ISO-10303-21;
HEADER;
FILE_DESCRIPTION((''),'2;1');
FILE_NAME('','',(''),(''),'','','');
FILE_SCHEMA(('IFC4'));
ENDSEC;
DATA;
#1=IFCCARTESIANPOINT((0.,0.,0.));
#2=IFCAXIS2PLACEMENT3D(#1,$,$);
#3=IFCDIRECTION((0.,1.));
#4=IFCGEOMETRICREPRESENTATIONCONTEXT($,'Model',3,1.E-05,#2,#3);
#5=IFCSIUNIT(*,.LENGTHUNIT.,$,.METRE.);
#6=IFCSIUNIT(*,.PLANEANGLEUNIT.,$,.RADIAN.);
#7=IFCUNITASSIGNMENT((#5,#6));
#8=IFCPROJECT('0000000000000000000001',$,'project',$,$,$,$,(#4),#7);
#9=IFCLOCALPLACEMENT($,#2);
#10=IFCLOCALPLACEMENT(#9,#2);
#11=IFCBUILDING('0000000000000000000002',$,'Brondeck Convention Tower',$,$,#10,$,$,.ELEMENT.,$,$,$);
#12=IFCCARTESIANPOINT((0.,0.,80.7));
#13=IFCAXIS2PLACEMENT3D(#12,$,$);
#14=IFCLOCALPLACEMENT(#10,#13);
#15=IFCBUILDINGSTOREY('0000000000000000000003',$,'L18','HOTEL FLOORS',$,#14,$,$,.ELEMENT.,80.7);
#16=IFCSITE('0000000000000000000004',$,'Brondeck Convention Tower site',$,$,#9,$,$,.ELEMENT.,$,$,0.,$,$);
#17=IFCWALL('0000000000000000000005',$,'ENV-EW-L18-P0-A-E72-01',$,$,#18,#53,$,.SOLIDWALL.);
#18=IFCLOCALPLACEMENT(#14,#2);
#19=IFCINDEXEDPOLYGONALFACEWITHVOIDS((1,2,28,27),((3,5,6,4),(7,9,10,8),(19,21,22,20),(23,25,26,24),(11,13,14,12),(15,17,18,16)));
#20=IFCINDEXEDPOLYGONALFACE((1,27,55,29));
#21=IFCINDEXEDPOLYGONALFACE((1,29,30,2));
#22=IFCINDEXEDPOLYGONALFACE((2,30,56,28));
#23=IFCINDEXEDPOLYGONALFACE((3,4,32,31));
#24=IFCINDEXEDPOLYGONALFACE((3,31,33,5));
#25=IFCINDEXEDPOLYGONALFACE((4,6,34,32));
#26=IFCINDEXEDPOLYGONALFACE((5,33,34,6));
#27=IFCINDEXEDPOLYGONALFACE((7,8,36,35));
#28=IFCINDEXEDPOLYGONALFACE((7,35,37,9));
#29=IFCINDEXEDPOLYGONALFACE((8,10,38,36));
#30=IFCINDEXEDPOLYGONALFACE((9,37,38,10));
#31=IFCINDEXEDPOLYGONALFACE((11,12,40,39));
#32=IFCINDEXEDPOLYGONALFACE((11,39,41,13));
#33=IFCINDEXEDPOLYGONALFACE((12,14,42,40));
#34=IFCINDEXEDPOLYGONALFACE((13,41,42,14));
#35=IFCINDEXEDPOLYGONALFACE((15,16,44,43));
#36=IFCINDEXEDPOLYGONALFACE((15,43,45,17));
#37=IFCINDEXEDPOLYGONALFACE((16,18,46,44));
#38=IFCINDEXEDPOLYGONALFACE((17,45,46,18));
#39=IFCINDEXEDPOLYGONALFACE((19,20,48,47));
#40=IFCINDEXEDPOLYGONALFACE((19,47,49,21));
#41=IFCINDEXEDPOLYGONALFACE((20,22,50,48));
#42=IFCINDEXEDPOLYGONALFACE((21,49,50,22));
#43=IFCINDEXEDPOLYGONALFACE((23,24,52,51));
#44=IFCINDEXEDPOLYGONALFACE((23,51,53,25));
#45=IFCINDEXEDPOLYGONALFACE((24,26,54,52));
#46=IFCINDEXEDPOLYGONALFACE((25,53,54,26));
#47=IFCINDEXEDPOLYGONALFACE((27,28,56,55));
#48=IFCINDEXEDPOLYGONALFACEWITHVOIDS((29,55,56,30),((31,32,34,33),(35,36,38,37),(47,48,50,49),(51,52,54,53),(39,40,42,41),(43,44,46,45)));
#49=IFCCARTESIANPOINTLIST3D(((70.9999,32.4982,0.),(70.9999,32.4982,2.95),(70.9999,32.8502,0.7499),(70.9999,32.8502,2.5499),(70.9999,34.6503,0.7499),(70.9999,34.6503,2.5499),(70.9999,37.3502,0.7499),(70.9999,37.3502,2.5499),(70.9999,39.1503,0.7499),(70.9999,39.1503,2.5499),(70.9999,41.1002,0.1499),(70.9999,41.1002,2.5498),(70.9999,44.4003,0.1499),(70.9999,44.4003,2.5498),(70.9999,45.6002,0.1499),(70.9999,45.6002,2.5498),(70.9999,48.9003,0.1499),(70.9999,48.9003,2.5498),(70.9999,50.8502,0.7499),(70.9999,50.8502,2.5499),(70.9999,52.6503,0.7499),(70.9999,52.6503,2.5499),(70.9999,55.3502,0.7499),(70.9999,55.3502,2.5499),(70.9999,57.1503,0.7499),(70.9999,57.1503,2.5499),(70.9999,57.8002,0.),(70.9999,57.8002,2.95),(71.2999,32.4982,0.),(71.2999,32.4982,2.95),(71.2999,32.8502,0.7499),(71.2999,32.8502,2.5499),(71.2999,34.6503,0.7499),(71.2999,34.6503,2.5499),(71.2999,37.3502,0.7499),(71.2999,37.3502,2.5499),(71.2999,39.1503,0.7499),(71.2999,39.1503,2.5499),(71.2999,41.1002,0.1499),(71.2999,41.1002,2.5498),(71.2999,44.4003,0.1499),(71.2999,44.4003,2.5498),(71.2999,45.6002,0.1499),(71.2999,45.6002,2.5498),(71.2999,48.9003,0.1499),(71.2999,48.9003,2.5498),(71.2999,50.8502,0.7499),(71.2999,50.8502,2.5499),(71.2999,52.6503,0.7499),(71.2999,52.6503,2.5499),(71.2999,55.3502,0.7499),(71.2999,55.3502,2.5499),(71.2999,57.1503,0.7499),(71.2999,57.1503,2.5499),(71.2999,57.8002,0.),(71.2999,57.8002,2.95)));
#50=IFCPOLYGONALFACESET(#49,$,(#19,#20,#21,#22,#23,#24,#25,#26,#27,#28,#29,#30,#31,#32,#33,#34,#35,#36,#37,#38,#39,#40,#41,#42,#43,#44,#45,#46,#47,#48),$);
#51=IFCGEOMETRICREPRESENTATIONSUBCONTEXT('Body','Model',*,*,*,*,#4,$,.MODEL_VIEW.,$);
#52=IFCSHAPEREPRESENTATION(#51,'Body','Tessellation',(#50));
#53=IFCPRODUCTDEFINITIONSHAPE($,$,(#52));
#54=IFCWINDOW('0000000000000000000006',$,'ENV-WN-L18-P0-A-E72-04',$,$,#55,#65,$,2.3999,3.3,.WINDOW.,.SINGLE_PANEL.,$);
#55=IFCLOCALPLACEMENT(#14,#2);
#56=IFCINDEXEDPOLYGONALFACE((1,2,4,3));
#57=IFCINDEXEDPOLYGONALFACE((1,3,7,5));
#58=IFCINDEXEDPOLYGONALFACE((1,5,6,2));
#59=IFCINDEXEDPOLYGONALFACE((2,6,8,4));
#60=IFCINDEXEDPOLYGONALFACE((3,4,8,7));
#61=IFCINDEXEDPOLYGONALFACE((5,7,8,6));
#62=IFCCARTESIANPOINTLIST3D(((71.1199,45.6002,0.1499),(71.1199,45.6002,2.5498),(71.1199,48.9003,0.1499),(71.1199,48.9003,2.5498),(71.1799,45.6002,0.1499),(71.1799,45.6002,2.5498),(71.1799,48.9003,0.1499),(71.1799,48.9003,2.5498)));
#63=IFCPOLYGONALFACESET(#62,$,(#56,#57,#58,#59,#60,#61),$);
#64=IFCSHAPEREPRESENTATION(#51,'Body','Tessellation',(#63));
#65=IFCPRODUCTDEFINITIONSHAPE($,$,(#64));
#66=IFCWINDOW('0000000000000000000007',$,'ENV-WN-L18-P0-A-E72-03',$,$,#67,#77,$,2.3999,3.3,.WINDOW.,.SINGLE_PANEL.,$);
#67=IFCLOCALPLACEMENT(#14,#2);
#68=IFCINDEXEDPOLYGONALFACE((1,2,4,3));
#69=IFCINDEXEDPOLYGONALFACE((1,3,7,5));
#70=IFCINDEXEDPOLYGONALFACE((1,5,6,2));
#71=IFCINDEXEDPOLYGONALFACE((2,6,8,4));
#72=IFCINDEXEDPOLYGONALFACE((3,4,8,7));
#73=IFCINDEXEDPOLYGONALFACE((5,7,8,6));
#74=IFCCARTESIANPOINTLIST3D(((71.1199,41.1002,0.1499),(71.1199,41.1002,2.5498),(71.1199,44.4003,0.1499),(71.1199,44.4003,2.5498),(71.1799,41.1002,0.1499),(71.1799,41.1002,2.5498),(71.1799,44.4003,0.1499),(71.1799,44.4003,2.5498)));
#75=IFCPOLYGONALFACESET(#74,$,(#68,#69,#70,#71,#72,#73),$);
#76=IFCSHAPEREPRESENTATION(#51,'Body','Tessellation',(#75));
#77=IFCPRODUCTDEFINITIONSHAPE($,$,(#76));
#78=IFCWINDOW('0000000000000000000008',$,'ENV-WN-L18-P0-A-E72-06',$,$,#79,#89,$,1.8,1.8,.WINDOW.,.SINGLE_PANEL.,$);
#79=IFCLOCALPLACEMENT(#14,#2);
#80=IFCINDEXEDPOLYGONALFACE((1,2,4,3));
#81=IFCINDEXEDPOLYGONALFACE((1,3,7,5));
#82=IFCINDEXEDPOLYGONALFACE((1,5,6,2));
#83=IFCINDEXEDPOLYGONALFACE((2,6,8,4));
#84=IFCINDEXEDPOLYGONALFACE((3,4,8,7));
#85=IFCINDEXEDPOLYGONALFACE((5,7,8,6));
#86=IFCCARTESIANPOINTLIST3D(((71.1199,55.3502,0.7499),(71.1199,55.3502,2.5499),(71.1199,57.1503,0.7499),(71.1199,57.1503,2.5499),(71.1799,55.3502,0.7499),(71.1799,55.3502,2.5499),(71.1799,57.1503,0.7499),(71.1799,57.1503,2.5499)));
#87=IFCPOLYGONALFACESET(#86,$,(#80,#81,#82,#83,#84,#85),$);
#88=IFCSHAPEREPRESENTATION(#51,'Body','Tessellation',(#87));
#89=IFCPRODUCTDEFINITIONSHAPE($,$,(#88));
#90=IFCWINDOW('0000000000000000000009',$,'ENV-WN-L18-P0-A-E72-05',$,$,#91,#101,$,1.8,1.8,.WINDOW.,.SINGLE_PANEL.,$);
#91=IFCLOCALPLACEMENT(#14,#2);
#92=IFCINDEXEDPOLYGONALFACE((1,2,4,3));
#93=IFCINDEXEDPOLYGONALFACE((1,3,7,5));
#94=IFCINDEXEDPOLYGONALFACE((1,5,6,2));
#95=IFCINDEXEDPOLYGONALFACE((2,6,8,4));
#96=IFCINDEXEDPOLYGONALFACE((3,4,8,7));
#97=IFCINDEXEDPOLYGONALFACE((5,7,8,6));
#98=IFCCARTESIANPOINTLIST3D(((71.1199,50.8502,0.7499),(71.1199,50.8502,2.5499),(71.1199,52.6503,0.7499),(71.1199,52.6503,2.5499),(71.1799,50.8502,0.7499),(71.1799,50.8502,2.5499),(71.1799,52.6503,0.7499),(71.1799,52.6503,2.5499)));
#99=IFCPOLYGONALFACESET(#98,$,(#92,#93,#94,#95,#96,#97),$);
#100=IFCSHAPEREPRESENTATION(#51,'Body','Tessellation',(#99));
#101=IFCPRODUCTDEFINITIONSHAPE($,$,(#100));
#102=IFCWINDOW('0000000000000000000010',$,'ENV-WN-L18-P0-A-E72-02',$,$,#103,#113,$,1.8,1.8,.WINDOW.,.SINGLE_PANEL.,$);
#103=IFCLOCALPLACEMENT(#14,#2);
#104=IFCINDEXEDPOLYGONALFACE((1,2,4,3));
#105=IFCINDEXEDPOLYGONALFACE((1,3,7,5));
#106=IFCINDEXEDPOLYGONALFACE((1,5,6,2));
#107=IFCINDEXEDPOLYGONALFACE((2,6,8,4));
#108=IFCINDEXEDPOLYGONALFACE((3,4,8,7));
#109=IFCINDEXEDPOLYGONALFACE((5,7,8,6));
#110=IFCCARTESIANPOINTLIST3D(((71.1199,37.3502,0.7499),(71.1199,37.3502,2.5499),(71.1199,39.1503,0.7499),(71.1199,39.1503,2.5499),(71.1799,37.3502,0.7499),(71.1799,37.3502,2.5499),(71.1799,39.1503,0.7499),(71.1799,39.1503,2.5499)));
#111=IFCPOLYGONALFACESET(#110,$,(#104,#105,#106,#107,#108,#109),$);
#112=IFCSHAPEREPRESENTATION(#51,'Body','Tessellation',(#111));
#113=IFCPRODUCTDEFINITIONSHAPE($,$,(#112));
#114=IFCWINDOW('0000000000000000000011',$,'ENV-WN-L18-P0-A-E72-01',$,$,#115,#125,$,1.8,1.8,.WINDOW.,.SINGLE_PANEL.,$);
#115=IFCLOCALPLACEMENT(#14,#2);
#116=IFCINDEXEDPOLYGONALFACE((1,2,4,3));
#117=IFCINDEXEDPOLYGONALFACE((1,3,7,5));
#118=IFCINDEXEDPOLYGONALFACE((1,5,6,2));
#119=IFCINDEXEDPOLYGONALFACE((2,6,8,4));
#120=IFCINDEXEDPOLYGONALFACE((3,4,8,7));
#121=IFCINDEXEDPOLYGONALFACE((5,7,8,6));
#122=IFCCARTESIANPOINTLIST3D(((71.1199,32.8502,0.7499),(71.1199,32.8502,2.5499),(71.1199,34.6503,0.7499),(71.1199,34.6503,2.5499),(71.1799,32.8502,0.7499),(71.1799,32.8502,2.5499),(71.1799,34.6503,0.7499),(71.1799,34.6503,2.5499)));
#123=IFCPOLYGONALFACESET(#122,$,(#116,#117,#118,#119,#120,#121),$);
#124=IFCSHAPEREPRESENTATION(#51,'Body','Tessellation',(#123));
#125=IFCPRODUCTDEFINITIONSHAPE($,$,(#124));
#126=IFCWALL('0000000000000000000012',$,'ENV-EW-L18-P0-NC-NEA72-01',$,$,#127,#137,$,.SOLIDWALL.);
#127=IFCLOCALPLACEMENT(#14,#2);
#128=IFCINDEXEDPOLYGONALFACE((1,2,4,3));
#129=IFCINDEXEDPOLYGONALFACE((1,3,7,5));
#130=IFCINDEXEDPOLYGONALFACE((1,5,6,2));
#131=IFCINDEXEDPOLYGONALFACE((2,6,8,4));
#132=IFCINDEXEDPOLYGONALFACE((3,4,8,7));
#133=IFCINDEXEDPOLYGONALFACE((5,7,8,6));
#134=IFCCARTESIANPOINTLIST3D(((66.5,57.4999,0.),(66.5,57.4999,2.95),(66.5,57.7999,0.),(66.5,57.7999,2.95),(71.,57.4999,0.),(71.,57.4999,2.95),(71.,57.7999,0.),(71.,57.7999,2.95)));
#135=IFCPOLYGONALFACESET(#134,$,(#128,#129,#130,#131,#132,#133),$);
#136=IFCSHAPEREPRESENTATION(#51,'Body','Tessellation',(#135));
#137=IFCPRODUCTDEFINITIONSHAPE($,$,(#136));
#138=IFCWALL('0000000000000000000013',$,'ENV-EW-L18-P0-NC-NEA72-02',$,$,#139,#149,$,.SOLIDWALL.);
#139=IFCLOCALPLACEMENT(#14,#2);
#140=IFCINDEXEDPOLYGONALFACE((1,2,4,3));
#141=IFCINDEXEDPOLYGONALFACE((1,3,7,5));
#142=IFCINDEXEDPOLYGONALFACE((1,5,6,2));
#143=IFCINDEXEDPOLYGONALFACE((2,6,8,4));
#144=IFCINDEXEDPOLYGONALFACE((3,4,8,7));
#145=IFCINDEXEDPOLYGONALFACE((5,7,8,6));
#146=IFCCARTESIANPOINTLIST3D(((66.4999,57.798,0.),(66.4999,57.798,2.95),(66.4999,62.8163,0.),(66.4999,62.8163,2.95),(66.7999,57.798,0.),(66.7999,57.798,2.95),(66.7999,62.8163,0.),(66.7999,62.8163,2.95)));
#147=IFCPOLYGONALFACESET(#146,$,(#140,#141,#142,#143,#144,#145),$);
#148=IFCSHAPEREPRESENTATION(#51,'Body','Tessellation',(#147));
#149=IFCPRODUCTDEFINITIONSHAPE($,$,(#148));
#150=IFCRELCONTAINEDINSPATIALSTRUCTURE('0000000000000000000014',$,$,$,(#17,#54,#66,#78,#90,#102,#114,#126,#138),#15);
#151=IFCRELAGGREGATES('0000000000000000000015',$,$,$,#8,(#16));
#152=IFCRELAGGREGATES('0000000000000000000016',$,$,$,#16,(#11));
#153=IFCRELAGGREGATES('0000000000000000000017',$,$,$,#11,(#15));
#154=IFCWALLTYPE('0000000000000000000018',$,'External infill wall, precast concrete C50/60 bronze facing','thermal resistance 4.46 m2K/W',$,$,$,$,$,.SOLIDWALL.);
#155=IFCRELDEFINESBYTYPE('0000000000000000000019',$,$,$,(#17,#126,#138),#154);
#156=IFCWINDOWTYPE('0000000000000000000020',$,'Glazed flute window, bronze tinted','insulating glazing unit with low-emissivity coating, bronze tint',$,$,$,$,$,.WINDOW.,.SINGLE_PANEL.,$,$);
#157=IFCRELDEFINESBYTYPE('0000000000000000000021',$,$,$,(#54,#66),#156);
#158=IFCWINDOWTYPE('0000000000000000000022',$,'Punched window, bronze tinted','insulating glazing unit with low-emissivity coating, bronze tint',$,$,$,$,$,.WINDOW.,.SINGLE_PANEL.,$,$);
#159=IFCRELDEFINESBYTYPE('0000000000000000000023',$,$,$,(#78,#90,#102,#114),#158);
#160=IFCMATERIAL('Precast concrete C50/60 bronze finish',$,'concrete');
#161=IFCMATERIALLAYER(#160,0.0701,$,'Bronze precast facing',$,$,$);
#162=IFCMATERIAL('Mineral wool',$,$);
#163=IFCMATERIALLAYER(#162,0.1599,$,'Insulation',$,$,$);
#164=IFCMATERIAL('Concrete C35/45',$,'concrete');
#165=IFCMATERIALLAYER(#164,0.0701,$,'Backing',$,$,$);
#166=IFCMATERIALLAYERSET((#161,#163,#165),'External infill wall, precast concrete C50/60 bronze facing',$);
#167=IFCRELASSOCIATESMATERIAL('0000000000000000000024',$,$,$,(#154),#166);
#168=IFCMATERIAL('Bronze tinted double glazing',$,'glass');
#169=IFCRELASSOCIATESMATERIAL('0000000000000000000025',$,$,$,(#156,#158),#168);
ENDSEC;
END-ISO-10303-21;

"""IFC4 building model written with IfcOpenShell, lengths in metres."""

from ifc_helpers import new_model, si_unit, direction, frame, frame_2d, origin, place, context, subcontext, project, spatial, rectangle, extrude, material, layer, layer_set, type_object, element, fill, save


model = new_model("IFC4")

# Units and contexts
model_context = context("Model", 3, precision=1e-05, world=origin(), true_north=direction((0.0, 1.0)))
body_context = subcontext(model_context, "Body", "Model", "MODEL_VIEW")
ifc_project = project(units=[si_unit("LENGTHUNIT", "METRE"), si_unit("PLANEANGLEUNIT", "RADIAN")], contexts=[model_context])

# Site, building, storey
site_placement = place(None, origin())
site = spatial("IfcSite", under=ifc_project, at=site_placement, Name="Brondeck Convention Tower site", CompositionType="ELEMENT", RefElevation=0.0)
building_placement = place(site_placement, origin())
building = spatial("IfcBuilding", under=site, at=building_placement, Name="Brondeck Convention Tower", CompositionType="ELEMENT")
storey_placement = place(building_placement, frame((0.0, 0.0, 80.7)))
storey = spatial("IfcBuildingStorey", under=building, at=storey_placement, Name="L18", Description="HOTEL FLOORS", CompositionType="ELEMENT", Elevation=80.7)

# Wall, openings, windows
ifc_material_1 = material(Name="Precast concrete C50/60 bronze finish", Category="concrete")
ifc_layer_1 = layer(ifc_material_1, 0.0701, Name="Bronze precast facing")
ifc_material_2 = material(Name="Mineral wool")
ifc_layer_2 = layer(ifc_material_2, 0.1599, Name="Insulation")
ifc_material_3 = material(Name="Concrete C35/45", Category="concrete")
ifc_layer_3 = layer(ifc_material_3, 0.0701, Name="Backing")
ifc_layer_set_1 = layer_set([ifc_layer_1, ifc_layer_2, ifc_layer_3], Name="External infill wall, precast concrete C50/60 bronze facing")
wall_type_1 = type_object("IfcWallType", Name="External infill wall, precast concrete C50/60 bronze facing", Description="thermal resistance 4.46 m2K/W", PredefinedType="SOLIDWALL", material=ifc_layer_set_1)
wall_1_placement = place(storey_placement, frame((71.1499, 57.8, 0.0), z_axis=(0.0, 0.0, 1.0), x_axis=(0.0, -1.0, 0.0)))
wall_1 = element("IfcWall", 1, at=wall_1_placement, inside=storey, type_object=wall_type_1, Name="ENV-EW-L18-P0-A-E72-01", PredefinedType="SOLIDWALL", context=body_context, shape_type="SweptSolid", body=[
    extrude(rectangle(XDim=25.302, YDim=0.3, at=frame_2d((12.6509, 0.0))), origin(), (0.0, 0.0, 1.0), 2.95),
])
opening_1_placement = place(wall_1_placement, frame((0.6499, 0.0, 0.75)))
opening_1 = element("IfcOpeningElement", 2, at=opening_1_placement, cuts=wall_1, PredefinedType="OPENING", context=body_context, shape_type="SweptSolid", body=[
    extrude(rectangle(XDim=1.8, YDim=1.8, at=frame_2d((0.8999, 0.8999))), frame((0.0, 0.1599, 0.0), z_axis=(0.0, -1.0, 0.0), x_axis=(1.0, 0.0, 0.0)), (0.0, 0.0, 1.0), 0.3201),
])
opening_2_placement = place(wall_1_placement, frame((5.1499, 0.0, 0.75)))
opening_2 = element("IfcOpeningElement", 3, at=opening_2_placement, cuts=wall_1, PredefinedType="OPENING", context=body_context, shape_type="SweptSolid", body=[
    extrude(rectangle(XDim=1.8, YDim=1.8, at=frame_2d((0.8999, 0.8999))), frame((0.0, 0.1599, 0.0), z_axis=(0.0, -1.0, 0.0), x_axis=(1.0, 0.0, 0.0)), (0.0, 0.0, 1.0), 0.3201),
])
opening_3_placement = place(wall_1_placement, frame((8.8999, 0.0, 0.1499)))
opening_3 = element("IfcOpeningElement", 4, at=opening_3_placement, cuts=wall_1, PredefinedType="OPENING", context=body_context, shape_type="SweptSolid", body=[
    extrude(rectangle(XDim=3.3, YDim=2.3999, at=frame_2d((1.6499, 1.2))), frame((0.0, 0.1599, 0.0), z_axis=(0.0, -1.0, 0.0), x_axis=(1.0, 0.0, 0.0)), (0.0, 0.0, 1.0), 0.3201),
])
opening_4_placement = place(wall_1_placement, frame((13.3999, 0.0, 0.1499)))
opening_4 = element("IfcOpeningElement", 5, at=opening_4_placement, cuts=wall_1, PredefinedType="OPENING", context=body_context, shape_type="SweptSolid", body=[
    extrude(rectangle(XDim=3.3, YDim=2.3999, at=frame_2d((1.6499, 1.2))), frame((0.0, 0.1599, 0.0), z_axis=(0.0, -1.0, 0.0), x_axis=(1.0, 0.0, 0.0)), (0.0, 0.0, 1.0), 0.3201),
])
opening_5_placement = place(wall_1_placement, frame((18.6499, 0.0, 0.75)))
opening_5 = element("IfcOpeningElement", 6, at=opening_5_placement, cuts=wall_1, PredefinedType="OPENING", context=body_context, shape_type="SweptSolid", body=[
    extrude(rectangle(XDim=1.8, YDim=1.8, at=frame_2d((0.8999, 0.8999))), frame((0.0, 0.1599, 0.0), z_axis=(0.0, -1.0, 0.0), x_axis=(1.0, 0.0, 0.0)), (0.0, 0.0, 1.0), 0.3201),
])
opening_6_placement = place(wall_1_placement, frame((23.1499, 0.0, 0.75)))
opening_6 = element("IfcOpeningElement", 7, at=opening_6_placement, cuts=wall_1, PredefinedType="OPENING", context=body_context, shape_type="SweptSolid", body=[
    extrude(rectangle(XDim=1.8, YDim=1.8, at=frame_2d((0.8999, 0.8999))), frame((0.0, 0.1599, 0.0), z_axis=(0.0, -1.0, 0.0), x_axis=(1.0, 0.0, 0.0)), (0.0, 0.0, 1.0), 0.3201),
])
ifc_material_4 = material(Name="Bronze tinted double glazing", Category="glass")
window_type_1 = type_object("IfcWindowType", Name="Glazed flute window, bronze tinted", Description="insulating glazing unit with low-emissivity coating, bronze tint", PartitioningType="SINGLE_PANEL", PredefinedType="WINDOW", material=ifc_material_4)
window_1_placement = place(opening_3_placement, origin())
window_1 = element("IfcWindow", 8, at=window_1_placement, inside=storey, type_object=window_type_1, Name="ENV-WN-L18-P0-A-E72-04", OverallHeight=2.3999, OverallWidth=3.3, PartitioningType="SINGLE_PANEL", PredefinedType="WINDOW", context=body_context, shape_type="SweptSolid", body=[
    extrude(rectangle(XDim=3.3, YDim=2.3999, at=frame_2d((1.6499, 1.2))), frame((0.0, 0.03, 0.0), z_axis=(0.0, -1.0, 0.0), x_axis=(1.0, 0.0, 0.0)), (0.0, 0.0, 1.0), 0.0601),
])
fill(opening_3, window_1)
window_2_placement = place(opening_4_placement, origin())
window_2 = element("IfcWindow", 9, at=window_2_placement, inside=storey, type_object=window_type_1, Name="ENV-WN-L18-P0-A-E72-03", OverallHeight=2.3999, OverallWidth=3.3, PartitioningType="SINGLE_PANEL", PredefinedType="WINDOW", context=body_context, shape_type="SweptSolid", body=[
    extrude(rectangle(XDim=3.3, YDim=2.3999, at=frame_2d((1.6499, 1.2))), frame((0.0, 0.03, 0.0), z_axis=(0.0, -1.0, 0.0), x_axis=(1.0, 0.0, 0.0)), (0.0, 0.0, 1.0), 0.0601),
])
fill(opening_4, window_2)
window_type_2 = type_object("IfcWindowType", Name="Punched window, bronze tinted", Description="insulating glazing unit with low-emissivity coating, bronze tint", PartitioningType="SINGLE_PANEL", PredefinedType="WINDOW", material=ifc_material_4)
window_3_placement = place(opening_1_placement, origin())
window_3 = element("IfcWindow", 10, at=window_3_placement, inside=storey, type_object=window_type_2, Name="ENV-WN-L18-P0-A-E72-06", OverallHeight=1.8, OverallWidth=1.8, PartitioningType="SINGLE_PANEL", PredefinedType="WINDOW", context=body_context, shape_type="SweptSolid", body=[
    extrude(rectangle(XDim=1.8, YDim=1.8, at=frame_2d((0.8999, 0.8999))), frame((0.0, 0.03, 0.0), z_axis=(0.0, -1.0, 0.0), x_axis=(1.0, 0.0, 0.0)), (0.0, 0.0, 1.0), 0.0601),
])
fill(opening_1, window_3)
window_4_placement = place(opening_2_placement, origin())
window_4 = element("IfcWindow", 11, at=window_4_placement, inside=storey, type_object=window_type_2, Name="ENV-WN-L18-P0-A-E72-05", OverallHeight=1.8, OverallWidth=1.8, PartitioningType="SINGLE_PANEL", PredefinedType="WINDOW", context=body_context, shape_type="SweptSolid", body=[
    extrude(rectangle(XDim=1.8, YDim=1.8, at=frame_2d((0.8999, 0.8999))), frame((0.0, 0.03, 0.0), z_axis=(0.0, -1.0, 0.0), x_axis=(1.0, 0.0, 0.0)), (0.0, 0.0, 1.0), 0.0601),
])
fill(opening_2, window_4)
window_5_placement = place(opening_5_placement, origin())
window_5 = element("IfcWindow", 12, at=window_5_placement, inside=storey, type_object=window_type_2, Name="ENV-WN-L18-P0-A-E72-02", OverallHeight=1.8, OverallWidth=1.8, PartitioningType="SINGLE_PANEL", PredefinedType="WINDOW", context=body_context, shape_type="SweptSolid", body=[
    extrude(rectangle(XDim=1.8, YDim=1.8, at=frame_2d((0.8999, 0.8999))), frame((0.0, 0.03, 0.0), z_axis=(0.0, -1.0, 0.0), x_axis=(1.0, 0.0, 0.0)), (0.0, 0.0, 1.0), 0.0601),
])
fill(opening_5, window_5)
window_6_placement = place(opening_6_placement, origin())
window_6 = element("IfcWindow", 13, at=window_6_placement, inside=storey, type_object=window_type_2, Name="ENV-WN-L18-P0-A-E72-01", OverallHeight=1.8, OverallWidth=1.8, PartitioningType="SINGLE_PANEL", PredefinedType="WINDOW", context=body_context, shape_type="SweptSolid", body=[
    extrude(rectangle(XDim=1.8, YDim=1.8, at=frame_2d((0.8999, 0.8999))), frame((0.0, 0.03, 0.0), z_axis=(0.0, -1.0, 0.0), x_axis=(1.0, 0.0, 0.0)), (0.0, 0.0, 1.0), 0.0601),
])
fill(opening_6, window_6)

# Walls
wall_2_placement = place(storey_placement, frame((66.5, 57.6499, 0.0), z_axis=(0.0, 0.0, 1.0), x_axis=(1.0, 0.0, 0.0)))
element("IfcWall", 14, at=wall_2_placement, inside=storey, type_object=wall_type_1, Name="ENV-EW-L18-P0-NC-NEA72-01", PredefinedType="SOLIDWALL", context=body_context, shape_type="SweptSolid", body=[
    extrude(rectangle(XDim=4.5, YDim=0.3, at=frame_2d((2.25, 0.0))), origin(), (0.0, 0.0, 1.0), 2.95),
])
wall_3_placement = place(storey_placement, frame((66.6499, 62.8164, 0.0), z_axis=(0.0, 0.0, 1.0), x_axis=(0.0, -1.0, 0.0)))
element("IfcWall", 15, at=wall_3_placement, inside=storey, type_object=wall_type_1, Name="ENV-EW-L18-P0-NC-NEA72-02", PredefinedType="SOLIDWALL", context=body_context, shape_type="SweptSolid", body=[
    extrude(rectangle(XDim=5.0183, YDim=0.3, at=frame_2d((2.5093, 0.0))), origin(), (0.0, 0.0, 1.0), 2.95),
])

save(model, "model.ifc")
